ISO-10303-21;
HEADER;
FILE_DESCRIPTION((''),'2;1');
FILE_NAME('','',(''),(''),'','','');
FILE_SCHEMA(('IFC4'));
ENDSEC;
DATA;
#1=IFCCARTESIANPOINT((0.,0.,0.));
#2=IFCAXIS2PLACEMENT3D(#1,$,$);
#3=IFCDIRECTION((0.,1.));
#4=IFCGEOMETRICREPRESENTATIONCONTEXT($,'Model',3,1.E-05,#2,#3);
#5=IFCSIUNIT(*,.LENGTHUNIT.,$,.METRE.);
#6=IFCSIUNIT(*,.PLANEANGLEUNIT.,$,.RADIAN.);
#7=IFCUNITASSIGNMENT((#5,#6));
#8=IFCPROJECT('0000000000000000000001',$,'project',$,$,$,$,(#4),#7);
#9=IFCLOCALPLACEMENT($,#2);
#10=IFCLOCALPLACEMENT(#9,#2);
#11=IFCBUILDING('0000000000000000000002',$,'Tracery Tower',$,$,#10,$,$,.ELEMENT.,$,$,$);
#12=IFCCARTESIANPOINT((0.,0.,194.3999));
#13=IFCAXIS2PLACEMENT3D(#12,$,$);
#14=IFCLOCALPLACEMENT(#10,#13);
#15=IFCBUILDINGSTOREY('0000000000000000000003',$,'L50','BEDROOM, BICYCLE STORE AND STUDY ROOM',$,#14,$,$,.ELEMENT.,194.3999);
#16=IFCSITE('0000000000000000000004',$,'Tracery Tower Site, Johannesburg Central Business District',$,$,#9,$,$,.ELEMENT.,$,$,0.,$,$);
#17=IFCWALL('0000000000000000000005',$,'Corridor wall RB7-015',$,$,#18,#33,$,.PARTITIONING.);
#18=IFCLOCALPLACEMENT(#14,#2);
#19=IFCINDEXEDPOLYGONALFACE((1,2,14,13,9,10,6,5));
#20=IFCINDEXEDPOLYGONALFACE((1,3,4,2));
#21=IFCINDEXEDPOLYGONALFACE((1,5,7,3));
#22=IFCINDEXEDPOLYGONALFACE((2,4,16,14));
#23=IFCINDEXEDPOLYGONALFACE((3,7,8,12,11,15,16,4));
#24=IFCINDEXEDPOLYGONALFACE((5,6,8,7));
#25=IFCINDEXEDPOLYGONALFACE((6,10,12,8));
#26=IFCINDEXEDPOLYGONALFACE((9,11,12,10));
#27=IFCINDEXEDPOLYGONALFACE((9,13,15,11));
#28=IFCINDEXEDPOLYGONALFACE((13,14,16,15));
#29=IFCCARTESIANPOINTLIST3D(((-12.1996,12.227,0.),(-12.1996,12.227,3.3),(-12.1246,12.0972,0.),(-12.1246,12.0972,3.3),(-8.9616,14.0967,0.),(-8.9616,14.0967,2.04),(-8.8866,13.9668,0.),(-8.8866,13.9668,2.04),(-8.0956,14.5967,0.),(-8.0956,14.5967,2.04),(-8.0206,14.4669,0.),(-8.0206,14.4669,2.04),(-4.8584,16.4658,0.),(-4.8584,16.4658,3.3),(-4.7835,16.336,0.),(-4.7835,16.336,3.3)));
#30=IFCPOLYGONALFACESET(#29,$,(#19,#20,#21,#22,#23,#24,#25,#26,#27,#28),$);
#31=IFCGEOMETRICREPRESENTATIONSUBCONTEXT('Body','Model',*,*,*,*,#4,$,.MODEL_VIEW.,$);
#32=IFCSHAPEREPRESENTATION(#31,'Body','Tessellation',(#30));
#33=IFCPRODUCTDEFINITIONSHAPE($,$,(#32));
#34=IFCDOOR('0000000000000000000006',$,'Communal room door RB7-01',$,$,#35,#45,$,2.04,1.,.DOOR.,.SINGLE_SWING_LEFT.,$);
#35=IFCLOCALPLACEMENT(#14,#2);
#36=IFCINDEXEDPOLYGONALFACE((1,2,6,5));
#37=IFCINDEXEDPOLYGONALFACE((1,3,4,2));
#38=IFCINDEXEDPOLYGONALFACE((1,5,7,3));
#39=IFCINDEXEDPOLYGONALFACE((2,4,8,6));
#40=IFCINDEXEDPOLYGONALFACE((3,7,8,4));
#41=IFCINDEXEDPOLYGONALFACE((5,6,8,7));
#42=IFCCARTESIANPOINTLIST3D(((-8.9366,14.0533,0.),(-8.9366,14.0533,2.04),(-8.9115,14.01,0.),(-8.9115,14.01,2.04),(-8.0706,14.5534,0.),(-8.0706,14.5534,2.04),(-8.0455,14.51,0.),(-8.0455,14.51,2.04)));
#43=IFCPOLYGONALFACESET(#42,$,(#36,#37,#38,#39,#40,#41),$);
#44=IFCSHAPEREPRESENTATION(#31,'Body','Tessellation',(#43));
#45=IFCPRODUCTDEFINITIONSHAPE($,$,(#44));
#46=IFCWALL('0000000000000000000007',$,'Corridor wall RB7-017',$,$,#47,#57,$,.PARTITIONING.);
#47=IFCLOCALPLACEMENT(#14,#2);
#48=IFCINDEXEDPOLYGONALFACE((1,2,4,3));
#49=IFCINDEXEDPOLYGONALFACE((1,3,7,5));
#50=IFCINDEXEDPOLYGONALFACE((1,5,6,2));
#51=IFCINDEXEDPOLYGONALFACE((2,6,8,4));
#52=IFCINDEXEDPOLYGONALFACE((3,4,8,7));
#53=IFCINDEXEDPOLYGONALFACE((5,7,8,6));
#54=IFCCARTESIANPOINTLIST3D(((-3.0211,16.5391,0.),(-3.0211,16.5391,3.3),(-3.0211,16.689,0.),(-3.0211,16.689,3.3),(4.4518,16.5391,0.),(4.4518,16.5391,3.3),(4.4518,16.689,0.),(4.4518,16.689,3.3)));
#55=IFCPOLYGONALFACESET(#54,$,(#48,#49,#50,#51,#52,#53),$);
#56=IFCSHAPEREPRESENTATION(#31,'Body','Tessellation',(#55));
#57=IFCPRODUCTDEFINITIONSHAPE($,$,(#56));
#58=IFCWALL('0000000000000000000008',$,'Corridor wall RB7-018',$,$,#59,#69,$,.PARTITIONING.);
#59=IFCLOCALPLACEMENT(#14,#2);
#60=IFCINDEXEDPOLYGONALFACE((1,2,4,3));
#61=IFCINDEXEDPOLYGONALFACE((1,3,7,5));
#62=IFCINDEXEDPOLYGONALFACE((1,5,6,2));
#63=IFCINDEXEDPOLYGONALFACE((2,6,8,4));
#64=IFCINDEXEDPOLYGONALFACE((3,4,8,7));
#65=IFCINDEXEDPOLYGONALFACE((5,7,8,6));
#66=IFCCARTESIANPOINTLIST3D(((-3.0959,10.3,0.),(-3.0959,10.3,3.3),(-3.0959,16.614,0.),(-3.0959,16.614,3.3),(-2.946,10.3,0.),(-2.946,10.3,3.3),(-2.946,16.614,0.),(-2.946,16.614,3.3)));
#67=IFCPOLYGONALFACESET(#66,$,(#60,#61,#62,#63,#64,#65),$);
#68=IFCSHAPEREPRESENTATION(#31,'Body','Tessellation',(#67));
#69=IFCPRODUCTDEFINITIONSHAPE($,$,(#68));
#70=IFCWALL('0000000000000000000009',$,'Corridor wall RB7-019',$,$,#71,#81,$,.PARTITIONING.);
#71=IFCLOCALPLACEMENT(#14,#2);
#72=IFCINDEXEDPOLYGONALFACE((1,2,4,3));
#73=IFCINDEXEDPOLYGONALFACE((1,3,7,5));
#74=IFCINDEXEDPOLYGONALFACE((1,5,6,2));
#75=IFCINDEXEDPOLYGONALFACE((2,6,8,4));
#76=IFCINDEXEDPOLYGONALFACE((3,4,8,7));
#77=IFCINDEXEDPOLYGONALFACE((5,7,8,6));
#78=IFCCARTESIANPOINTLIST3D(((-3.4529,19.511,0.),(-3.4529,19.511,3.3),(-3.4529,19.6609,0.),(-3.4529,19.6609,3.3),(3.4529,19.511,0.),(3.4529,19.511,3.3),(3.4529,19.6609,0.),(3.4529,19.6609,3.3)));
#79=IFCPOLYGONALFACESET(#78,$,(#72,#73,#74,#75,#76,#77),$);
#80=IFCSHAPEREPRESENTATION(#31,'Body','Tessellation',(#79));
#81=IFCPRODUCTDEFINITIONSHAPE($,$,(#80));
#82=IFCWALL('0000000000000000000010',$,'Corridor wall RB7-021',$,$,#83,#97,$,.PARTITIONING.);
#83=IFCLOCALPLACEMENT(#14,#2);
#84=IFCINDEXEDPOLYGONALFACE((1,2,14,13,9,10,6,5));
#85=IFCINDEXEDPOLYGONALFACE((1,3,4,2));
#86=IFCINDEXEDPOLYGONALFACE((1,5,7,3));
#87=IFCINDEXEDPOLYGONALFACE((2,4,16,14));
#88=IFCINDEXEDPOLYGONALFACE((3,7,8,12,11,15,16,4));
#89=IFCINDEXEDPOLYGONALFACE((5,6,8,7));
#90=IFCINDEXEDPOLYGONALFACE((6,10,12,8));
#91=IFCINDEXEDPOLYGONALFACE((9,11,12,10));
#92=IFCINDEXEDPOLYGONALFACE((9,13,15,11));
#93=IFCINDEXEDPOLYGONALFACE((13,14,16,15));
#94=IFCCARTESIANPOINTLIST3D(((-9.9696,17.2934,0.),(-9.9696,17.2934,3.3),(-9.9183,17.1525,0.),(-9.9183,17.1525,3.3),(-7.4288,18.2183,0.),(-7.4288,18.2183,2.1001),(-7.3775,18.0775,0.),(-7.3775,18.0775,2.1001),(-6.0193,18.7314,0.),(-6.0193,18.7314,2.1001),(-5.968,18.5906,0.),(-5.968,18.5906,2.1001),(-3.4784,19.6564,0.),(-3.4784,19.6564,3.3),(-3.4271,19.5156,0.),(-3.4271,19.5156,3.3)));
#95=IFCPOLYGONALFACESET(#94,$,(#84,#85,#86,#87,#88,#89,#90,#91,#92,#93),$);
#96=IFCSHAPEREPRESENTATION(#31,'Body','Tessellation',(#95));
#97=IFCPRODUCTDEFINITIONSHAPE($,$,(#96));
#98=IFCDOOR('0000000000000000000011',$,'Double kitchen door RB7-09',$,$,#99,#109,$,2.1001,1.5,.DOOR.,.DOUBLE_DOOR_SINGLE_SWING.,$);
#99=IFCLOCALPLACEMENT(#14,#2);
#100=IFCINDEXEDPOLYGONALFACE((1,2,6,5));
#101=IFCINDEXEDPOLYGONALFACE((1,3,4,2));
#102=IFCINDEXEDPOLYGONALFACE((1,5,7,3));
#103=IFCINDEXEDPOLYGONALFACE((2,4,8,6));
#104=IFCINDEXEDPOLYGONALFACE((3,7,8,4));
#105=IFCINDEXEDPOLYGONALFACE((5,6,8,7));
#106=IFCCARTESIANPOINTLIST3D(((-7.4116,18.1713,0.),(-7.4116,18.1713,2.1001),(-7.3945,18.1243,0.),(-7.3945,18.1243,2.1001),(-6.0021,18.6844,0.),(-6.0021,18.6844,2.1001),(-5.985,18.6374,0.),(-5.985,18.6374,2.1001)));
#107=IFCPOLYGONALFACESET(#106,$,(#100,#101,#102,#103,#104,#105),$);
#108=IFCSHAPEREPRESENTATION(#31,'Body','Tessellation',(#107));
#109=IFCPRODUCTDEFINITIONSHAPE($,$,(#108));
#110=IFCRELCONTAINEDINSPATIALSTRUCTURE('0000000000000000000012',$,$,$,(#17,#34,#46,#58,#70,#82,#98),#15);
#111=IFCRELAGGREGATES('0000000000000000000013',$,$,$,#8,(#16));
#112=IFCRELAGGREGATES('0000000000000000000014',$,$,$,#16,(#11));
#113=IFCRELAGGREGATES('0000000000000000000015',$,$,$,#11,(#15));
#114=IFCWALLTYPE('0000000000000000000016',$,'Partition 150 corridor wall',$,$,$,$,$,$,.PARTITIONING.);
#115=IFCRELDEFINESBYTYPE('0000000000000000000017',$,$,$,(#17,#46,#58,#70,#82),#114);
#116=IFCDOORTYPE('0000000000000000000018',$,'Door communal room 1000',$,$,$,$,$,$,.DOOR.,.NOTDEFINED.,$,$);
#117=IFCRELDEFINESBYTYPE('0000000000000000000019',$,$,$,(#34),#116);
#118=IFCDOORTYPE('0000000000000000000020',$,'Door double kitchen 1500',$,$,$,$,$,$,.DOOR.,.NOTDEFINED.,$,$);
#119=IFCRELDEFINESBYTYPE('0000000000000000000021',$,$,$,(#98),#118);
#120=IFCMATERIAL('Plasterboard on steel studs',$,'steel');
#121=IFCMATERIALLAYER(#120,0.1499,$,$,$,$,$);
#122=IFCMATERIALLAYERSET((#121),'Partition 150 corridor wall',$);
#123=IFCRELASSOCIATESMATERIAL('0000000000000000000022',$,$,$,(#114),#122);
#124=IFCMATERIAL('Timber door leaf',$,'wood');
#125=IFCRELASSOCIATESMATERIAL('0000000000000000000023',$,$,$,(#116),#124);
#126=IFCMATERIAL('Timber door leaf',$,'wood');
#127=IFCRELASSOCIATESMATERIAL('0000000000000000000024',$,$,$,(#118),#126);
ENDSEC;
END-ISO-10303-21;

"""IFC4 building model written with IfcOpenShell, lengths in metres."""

from ifc_helpers import new_model, si_unit, direction, frame, frame_2d, origin, place, context, subcontext, project, spatial, rectangle, extrude, material, layer, layer_set, type_object, element, fill, save


model = new_model("IFC4")

# Units and contexts
model_context = context("Model", 3, precision=1e-05, world=origin(), true_north=direction((0.0, 1.0)))
body_context = subcontext(model_context, "Body", "Model", "MODEL_VIEW")
ifc_project = project(units=[si_unit("LENGTHUNIT", "METRE"), si_unit("PLANEANGLEUNIT", "RADIAN")], contexts=[model_context])

# Site, building, storey
site_placement = place(None, origin())
site = spatial("IfcSite", under=ifc_project, at=site_placement, Name="Tracery Tower Site, Johannesburg Central Business District", CompositionType="ELEMENT", RefElevation=0.0)
building_placement = place(site_placement, origin())
building = spatial("IfcBuilding", under=site, at=building_placement, Name="Tracery Tower", CompositionType="ELEMENT")
storey_placement = place(building_placement, frame((0.0, 0.0, 194.3999)))
storey = spatial("IfcBuildingStorey", under=building, at=storey_placement, Name="L50", Description="BEDROOM, BICYCLE STORE AND STUDY ROOM", CompositionType="ELEMENT", Elevation=194.3999)

# Shared definitions
ifc_material_1 = material(Name="Plasterboard on steel studs", Category="steel")
ifc_layer_1 = layer(ifc_material_1, 0.1499)
ifc_layer_set_1 = layer_set([ifc_layer_1], Name="Partition 150 corridor wall")
wall_type_1 = type_object("IfcWallType", Name="Partition 150 corridor wall", PredefinedType="PARTITIONING", material=ifc_layer_set_1)

# Wall, opening, door
wall_1_placement = place(storey_placement, frame((-12.1621, 12.1621, 0.0), z_axis=(0.0, 0.0, 1.0), x_axis=(0.866005, 0.500036, 0.0)))
wall_1 = element("IfcWall", 1, at=wall_1_placement, inside=storey, type_object=wall_type_1, Name="Corridor wall RB7-015", PredefinedType="PARTITIONING", context=body_context, shape_type="SweptSolid", body=[
    extrude(rectangle(XDim=8.4771, YDim=0.1499, at=frame_2d((4.2385, 0.0))), origin(), (0.0, 0.0, 1.0), 3.3),
])
opening_1_placement = place(wall_1_placement, frame((3.739, 0.0, 0.0)))
opening_1 = element("IfcOpeningElement", 2, at=opening_1_placement, cuts=wall_1, PredefinedType="OPENING", context=body_context, shape_type="SweptSolid", body=[
    extrude(rectangle(XDim=1.0, YDim=2.04, at=frame_2d((0.5, 1.02))), frame((0.0, 0.075, 0.0), z_axis=(0.0, -1.0, 0.0), x_axis=(1.0, 0.0, 0.0)), (0.0, 0.0, 1.0), 0.1499),
])
ifc_material_2 = material(Name="Timber door leaf", Category="wood")
door_type_1 = type_object("IfcDoorType", Name="Door communal room 1000", OperationType="NOTDEFINED", PredefinedType="DOOR", material=ifc_material_2)
door_1_placement = place(opening_1_placement, origin())
door_1 = element("IfcDoor", 3, at=door_1_placement, inside=storey, type_object=door_type_1, Name="Communal room door RB7-01", OperationType="SINGLE_SWING_LEFT", OverallHeight=2.04, OverallWidth=1.0, PredefinedType="DOOR", context=body_context, shape_type="SweptSolid", body=[
    extrude(rectangle(XDim=1.0, YDim=2.04, at=frame_2d((0.5, 1.02))), frame((0.0, 0.0249, 0.0), z_axis=(0.0, -1.0, 0.0), x_axis=(1.0, 0.0, 0.0)), (0.0, 0.0, 1.0), 0.05),
])
fill(opening_1, door_1)

# Walls
wall_2_placement = place(storey_placement, frame((-3.021, 16.614, 0.0), z_axis=(0.0, 0.0, 1.0), x_axis=(1.0, 0.0, 0.0)))
element("IfcWall", 4, at=wall_2_placement, inside=storey, type_object=wall_type_1, Name="Corridor wall RB7-017", PredefinedType="PARTITIONING", context=body_context, shape_type="SweptSolid", body=[
    extrude(rectangle(XDim=7.4729, YDim=0.1499, at=frame_2d((3.7363, 0.0))), origin(), (0.0, 0.0, 1.0), 3.3),
])
wall_3_placement = place(storey_placement, frame((-3.021, 10.3, 0.0), z_axis=(0.0, 0.0, 1.0), x_axis=(0.0, 1.0, 0.0)))
element("IfcWall", 5, at=wall_3_placement, inside=storey, type_object=wall_type_1, Name="Corridor wall RB7-018", PredefinedType="PARTITIONING", context=body_context, shape_type="SweptSolid", body=[
    extrude(rectangle(XDim=6.314, YDim=0.1499, at=frame_2d((3.157, 0.0))), origin(), (0.0, 0.0, 1.0), 3.3),
])
wall_4_placement = place(storey_placement, frame((-3.4529, 19.5859, 0.0), z_axis=(0.0, 0.0, 1.0), x_axis=(1.0, 0.0, 0.0)))
element("IfcWall", 6, at=wall_4_placement, inside=storey, type_object=wall_type_1, Name="Corridor wall RB7-019", PredefinedType="PARTITIONING", context=body_context, shape_type="SweptSolid", body=[
    extrude(rectangle(XDim=6.9058, YDim=0.1499, at=frame_2d((3.4529, 0.0))), origin(), (0.0, 0.0, 1.0), 3.3),
])

# Wall, opening, door
wall_5_placement = place(storey_placement, frame((-9.9441, 17.2229, 0.0), z_axis=(0.0, 0.0, 1.0), x_axis=(0.939673, 0.342075, 0.0)))
wall_5 = element("IfcWall", 7, at=wall_5_placement, inside=storey, type_object=wall_type_1, Name="Corridor wall RB7-021", PredefinedType="PARTITIONING", context=body_context, shape_type="SweptSolid", body=[
    extrude(rectangle(XDim=6.908, YDim=0.1499, at=frame_2d((3.4541, 0.0))), origin(), (0.0, 0.0, 1.0), 3.3),
])
opening_2_placement = place(wall_5_placement, frame((2.7041, 0.0, 0.0)))
opening_2 = element("IfcOpeningElement", 8, at=opening_2_placement, cuts=wall_5, PredefinedType="OPENING", context=body_context, shape_type="SweptSolid", body=[
    extrude(rectangle(XDim=1.5, YDim=2.1001, at=frame_2d((0.75, 1.05))), frame((0.0, 0.075, 0.0), z_axis=(0.0, -1.0, 0.0), x_axis=(1.0, 0.0, 0.0)), (0.0, 0.0, 1.0), 0.1499),
])
ifc_material_3 = material(Name="Timber door leaf", Category="wood")
door_type_2 = type_object("IfcDoorType", Name="Door double kitchen 1500", OperationType="NOTDEFINED", PredefinedType="DOOR", material=ifc_material_3)
door_2_placement = place(opening_2_placement, origin())
door_2 = element("IfcDoor", 9, at=door_2_placement, inside=storey, type_object=door_type_2, Name="Double kitchen door RB7-09", OperationType="DOUBLE_DOOR_SINGLE_SWING", OverallHeight=2.1001, OverallWidth=1.5, PredefinedType="DOOR", context=body_context, shape_type="SweptSolid", body=[
    extrude(rectangle(XDim=1.5, YDim=2.1001, at=frame_2d((0.75, 1.05))), frame((0.0, 0.0249, 0.0), z_axis=(0.0, -1.0, 0.0), x_axis=(1.0, 0.0, 0.0)), (0.0, 0.0, 1.0), 0.05),
])
fill(opening_2, door_2)

save(model, "model.ifc")
